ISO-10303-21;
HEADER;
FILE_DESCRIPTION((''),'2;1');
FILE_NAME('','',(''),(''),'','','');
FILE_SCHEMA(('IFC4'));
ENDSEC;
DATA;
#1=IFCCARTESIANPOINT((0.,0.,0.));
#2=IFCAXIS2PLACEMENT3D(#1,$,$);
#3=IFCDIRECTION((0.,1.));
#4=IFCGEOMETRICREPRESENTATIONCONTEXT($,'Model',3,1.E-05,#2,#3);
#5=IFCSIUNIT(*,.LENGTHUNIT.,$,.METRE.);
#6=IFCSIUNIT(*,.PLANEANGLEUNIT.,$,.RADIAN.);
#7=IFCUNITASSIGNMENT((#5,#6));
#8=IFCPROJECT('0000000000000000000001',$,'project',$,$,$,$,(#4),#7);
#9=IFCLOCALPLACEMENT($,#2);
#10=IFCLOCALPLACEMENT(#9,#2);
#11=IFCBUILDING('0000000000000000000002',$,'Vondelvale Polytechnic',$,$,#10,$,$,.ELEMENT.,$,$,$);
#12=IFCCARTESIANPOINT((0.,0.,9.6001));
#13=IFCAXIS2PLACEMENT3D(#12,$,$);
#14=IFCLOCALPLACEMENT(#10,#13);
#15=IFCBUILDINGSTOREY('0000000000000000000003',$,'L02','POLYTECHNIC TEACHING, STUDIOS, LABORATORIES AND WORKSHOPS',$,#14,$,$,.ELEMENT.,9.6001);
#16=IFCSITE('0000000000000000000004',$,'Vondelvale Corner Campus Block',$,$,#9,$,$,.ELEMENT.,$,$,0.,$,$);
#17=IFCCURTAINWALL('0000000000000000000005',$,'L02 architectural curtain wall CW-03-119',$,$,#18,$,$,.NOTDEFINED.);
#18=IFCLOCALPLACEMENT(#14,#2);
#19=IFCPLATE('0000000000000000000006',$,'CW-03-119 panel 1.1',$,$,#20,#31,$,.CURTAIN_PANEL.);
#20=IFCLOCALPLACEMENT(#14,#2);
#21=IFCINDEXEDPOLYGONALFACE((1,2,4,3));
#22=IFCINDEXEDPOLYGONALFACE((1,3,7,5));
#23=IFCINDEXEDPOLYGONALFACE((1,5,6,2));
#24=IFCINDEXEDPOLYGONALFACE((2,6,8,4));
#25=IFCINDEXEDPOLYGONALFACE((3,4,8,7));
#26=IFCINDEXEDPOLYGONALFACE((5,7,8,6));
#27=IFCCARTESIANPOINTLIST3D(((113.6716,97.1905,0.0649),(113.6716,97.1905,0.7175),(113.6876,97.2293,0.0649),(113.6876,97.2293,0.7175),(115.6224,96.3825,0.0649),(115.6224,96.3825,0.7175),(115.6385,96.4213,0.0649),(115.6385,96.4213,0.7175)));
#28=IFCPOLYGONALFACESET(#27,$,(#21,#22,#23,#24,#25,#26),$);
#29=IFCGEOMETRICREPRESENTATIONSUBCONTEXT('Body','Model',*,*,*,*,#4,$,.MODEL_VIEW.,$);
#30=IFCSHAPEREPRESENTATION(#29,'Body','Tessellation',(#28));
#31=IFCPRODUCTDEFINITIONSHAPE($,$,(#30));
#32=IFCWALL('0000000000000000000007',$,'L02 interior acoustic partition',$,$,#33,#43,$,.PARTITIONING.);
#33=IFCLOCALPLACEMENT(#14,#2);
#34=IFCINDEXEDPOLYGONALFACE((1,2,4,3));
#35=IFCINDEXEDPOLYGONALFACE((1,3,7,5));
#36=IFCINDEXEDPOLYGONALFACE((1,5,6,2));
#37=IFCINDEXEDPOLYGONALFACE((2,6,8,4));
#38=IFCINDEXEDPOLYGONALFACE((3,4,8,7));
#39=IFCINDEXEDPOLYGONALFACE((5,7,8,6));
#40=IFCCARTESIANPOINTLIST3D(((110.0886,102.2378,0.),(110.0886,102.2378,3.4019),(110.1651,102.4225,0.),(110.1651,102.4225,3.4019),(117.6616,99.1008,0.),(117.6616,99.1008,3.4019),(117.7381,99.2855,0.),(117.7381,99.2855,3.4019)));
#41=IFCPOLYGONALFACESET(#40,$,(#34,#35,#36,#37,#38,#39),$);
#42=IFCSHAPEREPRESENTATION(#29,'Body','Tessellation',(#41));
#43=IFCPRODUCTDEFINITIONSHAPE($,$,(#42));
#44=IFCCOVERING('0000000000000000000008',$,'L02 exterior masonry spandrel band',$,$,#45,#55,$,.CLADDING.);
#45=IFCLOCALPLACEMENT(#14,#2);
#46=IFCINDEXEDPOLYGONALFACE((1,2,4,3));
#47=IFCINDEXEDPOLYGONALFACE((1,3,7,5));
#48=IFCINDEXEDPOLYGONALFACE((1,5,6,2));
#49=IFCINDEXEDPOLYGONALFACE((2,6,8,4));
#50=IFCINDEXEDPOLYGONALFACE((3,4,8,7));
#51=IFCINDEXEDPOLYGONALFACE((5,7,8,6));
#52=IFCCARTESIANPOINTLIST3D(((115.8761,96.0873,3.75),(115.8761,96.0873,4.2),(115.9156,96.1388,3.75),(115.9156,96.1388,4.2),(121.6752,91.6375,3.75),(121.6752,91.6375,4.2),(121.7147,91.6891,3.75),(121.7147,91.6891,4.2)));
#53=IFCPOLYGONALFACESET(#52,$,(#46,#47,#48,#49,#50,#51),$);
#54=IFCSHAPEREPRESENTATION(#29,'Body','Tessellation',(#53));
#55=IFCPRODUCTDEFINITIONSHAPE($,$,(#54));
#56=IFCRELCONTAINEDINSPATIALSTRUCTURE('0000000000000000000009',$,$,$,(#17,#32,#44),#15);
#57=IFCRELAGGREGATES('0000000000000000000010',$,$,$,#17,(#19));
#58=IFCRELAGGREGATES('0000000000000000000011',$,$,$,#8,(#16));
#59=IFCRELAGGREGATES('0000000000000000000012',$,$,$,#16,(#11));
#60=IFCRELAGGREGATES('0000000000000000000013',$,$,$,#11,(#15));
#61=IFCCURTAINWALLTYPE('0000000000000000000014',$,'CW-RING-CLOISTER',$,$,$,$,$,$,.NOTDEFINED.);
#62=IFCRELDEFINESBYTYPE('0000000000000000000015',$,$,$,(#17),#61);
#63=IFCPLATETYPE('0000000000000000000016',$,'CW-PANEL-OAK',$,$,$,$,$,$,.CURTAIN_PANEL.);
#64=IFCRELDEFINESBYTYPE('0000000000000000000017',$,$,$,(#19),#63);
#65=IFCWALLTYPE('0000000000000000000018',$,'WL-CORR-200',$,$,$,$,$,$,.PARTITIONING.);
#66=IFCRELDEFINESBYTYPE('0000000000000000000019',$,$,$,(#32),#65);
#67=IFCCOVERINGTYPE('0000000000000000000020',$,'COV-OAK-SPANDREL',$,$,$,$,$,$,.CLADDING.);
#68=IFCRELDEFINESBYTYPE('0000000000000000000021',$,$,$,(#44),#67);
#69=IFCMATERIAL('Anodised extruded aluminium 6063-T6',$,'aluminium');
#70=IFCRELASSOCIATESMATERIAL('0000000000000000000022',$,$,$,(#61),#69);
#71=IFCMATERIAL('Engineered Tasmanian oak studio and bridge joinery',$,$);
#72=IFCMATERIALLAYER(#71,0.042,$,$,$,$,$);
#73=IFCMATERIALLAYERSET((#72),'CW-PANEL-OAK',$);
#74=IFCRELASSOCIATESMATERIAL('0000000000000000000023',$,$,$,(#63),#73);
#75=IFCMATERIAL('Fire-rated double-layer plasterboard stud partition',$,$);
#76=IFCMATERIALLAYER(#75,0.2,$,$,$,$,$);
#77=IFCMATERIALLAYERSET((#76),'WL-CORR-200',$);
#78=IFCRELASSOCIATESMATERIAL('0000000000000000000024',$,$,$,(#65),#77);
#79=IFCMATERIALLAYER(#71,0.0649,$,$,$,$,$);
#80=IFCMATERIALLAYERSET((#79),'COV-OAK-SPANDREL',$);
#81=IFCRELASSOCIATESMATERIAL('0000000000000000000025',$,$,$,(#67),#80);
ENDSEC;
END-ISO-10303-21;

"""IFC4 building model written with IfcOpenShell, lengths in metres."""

from ifc_helpers import new_model, si_unit, direction, frame, frame_2d, origin, origin_2d, place, context, subcontext, project, spatial, rectangle, extrude, material, layer, layer_set, type_object, element, aggregate, save


model = new_model("IFC4")

# Units and contexts
model_context = context("Model", 3, precision=1e-05, world=origin(), true_north=direction((0.0, 1.0)))
body_context = subcontext(model_context, "Body", "Model", "MODEL_VIEW")
ifc_project = project(units=[si_unit("LENGTHUNIT", "METRE"), si_unit("PLANEANGLEUNIT", "RADIAN")], contexts=[model_context])

# Site, building, storey
site_placement = place(None, origin())
site = spatial("IfcSite", under=ifc_project, at=site_placement, Name="Vondelvale Corner Campus Block", CompositionType="ELEMENT", RefElevation=0.0)
building_placement = place(site_placement, origin())
building = spatial("IfcBuilding", under=site, at=building_placement, Name="Vondelvale Polytechnic", CompositionType="ELEMENT")
storey_placement = place(building_placement, frame((0.0, 0.0, 9.6001)))
storey = spatial("IfcBuildingStorey", under=building, at=storey_placement, Name="L02", Description="POLYTECHNIC TEACHING, STUDIOS, LABORATORIES AND WORKSHOPS", CompositionType="ELEMENT", Elevation=9.6001)

# Shared definitions
ifc_material_1 = material(Name="Anodised extruded aluminium 6063-T6", Category="aluminium")
curtain_wall_type = type_object("IfcCurtainWallType", Name="CW-RING-CLOISTER", PredefinedType="NOTDEFINED", material=ifc_material_1)

# Curtain wall
curtain_wall_1_placement = place(storey_placement, origin())
curtain_wall_1 = element("IfcCurtainWall", 1, at=curtain_wall_1_placement, inside=storey, type_object=curtain_wall_type, Name="L02 architectural curtain wall CW-03-119", PredefinedType="NOTDEFINED")

# Plate
ifc_material_2 = material(Name="Engineered Tasmanian oak studio and bridge joinery")
ifc_layer_1 = layer(ifc_material_2, 0.042)
ifc_layer_set_1 = layer_set([ifc_layer_1], Name="CW-PANEL-OAK")
plate_type_1 = type_object("IfcPlateType", Name="CW-PANEL-OAK", PredefinedType="CURTAIN_PANEL", material=ifc_layer_set_1)
plate_1_placement = place(storey_placement, frame((114.655, 96.8059, 0.0649), z_axis=(0.0, 0.0, 1.0), x_axis=(-0.923882, 0.382679, 0.0)))
plate_1 = element("IfcPlate", 2, at=plate_1_placement, type_object=plate_type_1, Name="CW-03-119 panel 1.1", PredefinedType="CURTAIN_PANEL", context=body_context, shape_type="SweptSolid", body=[
    extrude(rectangle(XDim=2.1116, YDim=0.042, at=origin_2d()), origin(), (0.0, 0.0, 1.0), 0.6526),
])
aggregate(curtain_wall_1, [plate_1])

# Wall
ifc_material_3 = material(Name="Fire-rated double-layer plasterboard stud partition")
ifc_layer_2 = layer(ifc_material_3, 0.2)
ifc_layer_set_2 = layer_set([ifc_layer_2], Name="WL-CORR-200")
wall_type = type_object("IfcWallType", Name="WL-CORR-200", PredefinedType="PARTITIONING", material=ifc_layer_set_2)
wall_placement = place(storey_placement, frame((117.7, 99.1931, 0.0), z_axis=(0.0, 0.0, 1.0), x_axis=(-0.923874, 0.382696, 0.0)))
element("IfcWall", 3, at=wall_placement, inside=storey, type_object=wall_type, Name="L02 interior acoustic partition", PredefinedType="PARTITIONING", context=body_context, shape_type="SweptSolid", body=[
    extrude(rectangle(XDim=8.197, YDim=0.2, at=frame_2d((4.0986, 0.0))), origin(), (0.0, 0.0, 1.0), 3.4019),
])

# Covering
ifc_layer_3 = layer(ifc_material_2, 0.0649)
ifc_layer_set_3 = layer_set([ifc_layer_3], Name="COV-OAK-SPANDREL")
covering_type = type_object("IfcCoveringType", Name="COV-OAK-SPANDREL", PredefinedType="CLADDING", material=ifc_layer_set_3)
covering_placement = place(storey_placement, frame((118.7954, 93.8882, 3.75), z_axis=(0.0, 0.0, 1.0), x_axis=(-0.793353, 0.608761, 0.0)))
element("IfcCovering", 4, at=covering_placement, inside=storey, type_object=covering_type, Name="L02 exterior masonry spandrel band", PredefinedType="CLADDING", context=body_context, shape_type="SweptSolid", body=[
    extrude(rectangle(XDim=7.3096, YDim=0.0649, at=origin_2d()), origin(), (0.0, 0.0, 1.0), 0.45),
])

save(model, "model.ifc")
